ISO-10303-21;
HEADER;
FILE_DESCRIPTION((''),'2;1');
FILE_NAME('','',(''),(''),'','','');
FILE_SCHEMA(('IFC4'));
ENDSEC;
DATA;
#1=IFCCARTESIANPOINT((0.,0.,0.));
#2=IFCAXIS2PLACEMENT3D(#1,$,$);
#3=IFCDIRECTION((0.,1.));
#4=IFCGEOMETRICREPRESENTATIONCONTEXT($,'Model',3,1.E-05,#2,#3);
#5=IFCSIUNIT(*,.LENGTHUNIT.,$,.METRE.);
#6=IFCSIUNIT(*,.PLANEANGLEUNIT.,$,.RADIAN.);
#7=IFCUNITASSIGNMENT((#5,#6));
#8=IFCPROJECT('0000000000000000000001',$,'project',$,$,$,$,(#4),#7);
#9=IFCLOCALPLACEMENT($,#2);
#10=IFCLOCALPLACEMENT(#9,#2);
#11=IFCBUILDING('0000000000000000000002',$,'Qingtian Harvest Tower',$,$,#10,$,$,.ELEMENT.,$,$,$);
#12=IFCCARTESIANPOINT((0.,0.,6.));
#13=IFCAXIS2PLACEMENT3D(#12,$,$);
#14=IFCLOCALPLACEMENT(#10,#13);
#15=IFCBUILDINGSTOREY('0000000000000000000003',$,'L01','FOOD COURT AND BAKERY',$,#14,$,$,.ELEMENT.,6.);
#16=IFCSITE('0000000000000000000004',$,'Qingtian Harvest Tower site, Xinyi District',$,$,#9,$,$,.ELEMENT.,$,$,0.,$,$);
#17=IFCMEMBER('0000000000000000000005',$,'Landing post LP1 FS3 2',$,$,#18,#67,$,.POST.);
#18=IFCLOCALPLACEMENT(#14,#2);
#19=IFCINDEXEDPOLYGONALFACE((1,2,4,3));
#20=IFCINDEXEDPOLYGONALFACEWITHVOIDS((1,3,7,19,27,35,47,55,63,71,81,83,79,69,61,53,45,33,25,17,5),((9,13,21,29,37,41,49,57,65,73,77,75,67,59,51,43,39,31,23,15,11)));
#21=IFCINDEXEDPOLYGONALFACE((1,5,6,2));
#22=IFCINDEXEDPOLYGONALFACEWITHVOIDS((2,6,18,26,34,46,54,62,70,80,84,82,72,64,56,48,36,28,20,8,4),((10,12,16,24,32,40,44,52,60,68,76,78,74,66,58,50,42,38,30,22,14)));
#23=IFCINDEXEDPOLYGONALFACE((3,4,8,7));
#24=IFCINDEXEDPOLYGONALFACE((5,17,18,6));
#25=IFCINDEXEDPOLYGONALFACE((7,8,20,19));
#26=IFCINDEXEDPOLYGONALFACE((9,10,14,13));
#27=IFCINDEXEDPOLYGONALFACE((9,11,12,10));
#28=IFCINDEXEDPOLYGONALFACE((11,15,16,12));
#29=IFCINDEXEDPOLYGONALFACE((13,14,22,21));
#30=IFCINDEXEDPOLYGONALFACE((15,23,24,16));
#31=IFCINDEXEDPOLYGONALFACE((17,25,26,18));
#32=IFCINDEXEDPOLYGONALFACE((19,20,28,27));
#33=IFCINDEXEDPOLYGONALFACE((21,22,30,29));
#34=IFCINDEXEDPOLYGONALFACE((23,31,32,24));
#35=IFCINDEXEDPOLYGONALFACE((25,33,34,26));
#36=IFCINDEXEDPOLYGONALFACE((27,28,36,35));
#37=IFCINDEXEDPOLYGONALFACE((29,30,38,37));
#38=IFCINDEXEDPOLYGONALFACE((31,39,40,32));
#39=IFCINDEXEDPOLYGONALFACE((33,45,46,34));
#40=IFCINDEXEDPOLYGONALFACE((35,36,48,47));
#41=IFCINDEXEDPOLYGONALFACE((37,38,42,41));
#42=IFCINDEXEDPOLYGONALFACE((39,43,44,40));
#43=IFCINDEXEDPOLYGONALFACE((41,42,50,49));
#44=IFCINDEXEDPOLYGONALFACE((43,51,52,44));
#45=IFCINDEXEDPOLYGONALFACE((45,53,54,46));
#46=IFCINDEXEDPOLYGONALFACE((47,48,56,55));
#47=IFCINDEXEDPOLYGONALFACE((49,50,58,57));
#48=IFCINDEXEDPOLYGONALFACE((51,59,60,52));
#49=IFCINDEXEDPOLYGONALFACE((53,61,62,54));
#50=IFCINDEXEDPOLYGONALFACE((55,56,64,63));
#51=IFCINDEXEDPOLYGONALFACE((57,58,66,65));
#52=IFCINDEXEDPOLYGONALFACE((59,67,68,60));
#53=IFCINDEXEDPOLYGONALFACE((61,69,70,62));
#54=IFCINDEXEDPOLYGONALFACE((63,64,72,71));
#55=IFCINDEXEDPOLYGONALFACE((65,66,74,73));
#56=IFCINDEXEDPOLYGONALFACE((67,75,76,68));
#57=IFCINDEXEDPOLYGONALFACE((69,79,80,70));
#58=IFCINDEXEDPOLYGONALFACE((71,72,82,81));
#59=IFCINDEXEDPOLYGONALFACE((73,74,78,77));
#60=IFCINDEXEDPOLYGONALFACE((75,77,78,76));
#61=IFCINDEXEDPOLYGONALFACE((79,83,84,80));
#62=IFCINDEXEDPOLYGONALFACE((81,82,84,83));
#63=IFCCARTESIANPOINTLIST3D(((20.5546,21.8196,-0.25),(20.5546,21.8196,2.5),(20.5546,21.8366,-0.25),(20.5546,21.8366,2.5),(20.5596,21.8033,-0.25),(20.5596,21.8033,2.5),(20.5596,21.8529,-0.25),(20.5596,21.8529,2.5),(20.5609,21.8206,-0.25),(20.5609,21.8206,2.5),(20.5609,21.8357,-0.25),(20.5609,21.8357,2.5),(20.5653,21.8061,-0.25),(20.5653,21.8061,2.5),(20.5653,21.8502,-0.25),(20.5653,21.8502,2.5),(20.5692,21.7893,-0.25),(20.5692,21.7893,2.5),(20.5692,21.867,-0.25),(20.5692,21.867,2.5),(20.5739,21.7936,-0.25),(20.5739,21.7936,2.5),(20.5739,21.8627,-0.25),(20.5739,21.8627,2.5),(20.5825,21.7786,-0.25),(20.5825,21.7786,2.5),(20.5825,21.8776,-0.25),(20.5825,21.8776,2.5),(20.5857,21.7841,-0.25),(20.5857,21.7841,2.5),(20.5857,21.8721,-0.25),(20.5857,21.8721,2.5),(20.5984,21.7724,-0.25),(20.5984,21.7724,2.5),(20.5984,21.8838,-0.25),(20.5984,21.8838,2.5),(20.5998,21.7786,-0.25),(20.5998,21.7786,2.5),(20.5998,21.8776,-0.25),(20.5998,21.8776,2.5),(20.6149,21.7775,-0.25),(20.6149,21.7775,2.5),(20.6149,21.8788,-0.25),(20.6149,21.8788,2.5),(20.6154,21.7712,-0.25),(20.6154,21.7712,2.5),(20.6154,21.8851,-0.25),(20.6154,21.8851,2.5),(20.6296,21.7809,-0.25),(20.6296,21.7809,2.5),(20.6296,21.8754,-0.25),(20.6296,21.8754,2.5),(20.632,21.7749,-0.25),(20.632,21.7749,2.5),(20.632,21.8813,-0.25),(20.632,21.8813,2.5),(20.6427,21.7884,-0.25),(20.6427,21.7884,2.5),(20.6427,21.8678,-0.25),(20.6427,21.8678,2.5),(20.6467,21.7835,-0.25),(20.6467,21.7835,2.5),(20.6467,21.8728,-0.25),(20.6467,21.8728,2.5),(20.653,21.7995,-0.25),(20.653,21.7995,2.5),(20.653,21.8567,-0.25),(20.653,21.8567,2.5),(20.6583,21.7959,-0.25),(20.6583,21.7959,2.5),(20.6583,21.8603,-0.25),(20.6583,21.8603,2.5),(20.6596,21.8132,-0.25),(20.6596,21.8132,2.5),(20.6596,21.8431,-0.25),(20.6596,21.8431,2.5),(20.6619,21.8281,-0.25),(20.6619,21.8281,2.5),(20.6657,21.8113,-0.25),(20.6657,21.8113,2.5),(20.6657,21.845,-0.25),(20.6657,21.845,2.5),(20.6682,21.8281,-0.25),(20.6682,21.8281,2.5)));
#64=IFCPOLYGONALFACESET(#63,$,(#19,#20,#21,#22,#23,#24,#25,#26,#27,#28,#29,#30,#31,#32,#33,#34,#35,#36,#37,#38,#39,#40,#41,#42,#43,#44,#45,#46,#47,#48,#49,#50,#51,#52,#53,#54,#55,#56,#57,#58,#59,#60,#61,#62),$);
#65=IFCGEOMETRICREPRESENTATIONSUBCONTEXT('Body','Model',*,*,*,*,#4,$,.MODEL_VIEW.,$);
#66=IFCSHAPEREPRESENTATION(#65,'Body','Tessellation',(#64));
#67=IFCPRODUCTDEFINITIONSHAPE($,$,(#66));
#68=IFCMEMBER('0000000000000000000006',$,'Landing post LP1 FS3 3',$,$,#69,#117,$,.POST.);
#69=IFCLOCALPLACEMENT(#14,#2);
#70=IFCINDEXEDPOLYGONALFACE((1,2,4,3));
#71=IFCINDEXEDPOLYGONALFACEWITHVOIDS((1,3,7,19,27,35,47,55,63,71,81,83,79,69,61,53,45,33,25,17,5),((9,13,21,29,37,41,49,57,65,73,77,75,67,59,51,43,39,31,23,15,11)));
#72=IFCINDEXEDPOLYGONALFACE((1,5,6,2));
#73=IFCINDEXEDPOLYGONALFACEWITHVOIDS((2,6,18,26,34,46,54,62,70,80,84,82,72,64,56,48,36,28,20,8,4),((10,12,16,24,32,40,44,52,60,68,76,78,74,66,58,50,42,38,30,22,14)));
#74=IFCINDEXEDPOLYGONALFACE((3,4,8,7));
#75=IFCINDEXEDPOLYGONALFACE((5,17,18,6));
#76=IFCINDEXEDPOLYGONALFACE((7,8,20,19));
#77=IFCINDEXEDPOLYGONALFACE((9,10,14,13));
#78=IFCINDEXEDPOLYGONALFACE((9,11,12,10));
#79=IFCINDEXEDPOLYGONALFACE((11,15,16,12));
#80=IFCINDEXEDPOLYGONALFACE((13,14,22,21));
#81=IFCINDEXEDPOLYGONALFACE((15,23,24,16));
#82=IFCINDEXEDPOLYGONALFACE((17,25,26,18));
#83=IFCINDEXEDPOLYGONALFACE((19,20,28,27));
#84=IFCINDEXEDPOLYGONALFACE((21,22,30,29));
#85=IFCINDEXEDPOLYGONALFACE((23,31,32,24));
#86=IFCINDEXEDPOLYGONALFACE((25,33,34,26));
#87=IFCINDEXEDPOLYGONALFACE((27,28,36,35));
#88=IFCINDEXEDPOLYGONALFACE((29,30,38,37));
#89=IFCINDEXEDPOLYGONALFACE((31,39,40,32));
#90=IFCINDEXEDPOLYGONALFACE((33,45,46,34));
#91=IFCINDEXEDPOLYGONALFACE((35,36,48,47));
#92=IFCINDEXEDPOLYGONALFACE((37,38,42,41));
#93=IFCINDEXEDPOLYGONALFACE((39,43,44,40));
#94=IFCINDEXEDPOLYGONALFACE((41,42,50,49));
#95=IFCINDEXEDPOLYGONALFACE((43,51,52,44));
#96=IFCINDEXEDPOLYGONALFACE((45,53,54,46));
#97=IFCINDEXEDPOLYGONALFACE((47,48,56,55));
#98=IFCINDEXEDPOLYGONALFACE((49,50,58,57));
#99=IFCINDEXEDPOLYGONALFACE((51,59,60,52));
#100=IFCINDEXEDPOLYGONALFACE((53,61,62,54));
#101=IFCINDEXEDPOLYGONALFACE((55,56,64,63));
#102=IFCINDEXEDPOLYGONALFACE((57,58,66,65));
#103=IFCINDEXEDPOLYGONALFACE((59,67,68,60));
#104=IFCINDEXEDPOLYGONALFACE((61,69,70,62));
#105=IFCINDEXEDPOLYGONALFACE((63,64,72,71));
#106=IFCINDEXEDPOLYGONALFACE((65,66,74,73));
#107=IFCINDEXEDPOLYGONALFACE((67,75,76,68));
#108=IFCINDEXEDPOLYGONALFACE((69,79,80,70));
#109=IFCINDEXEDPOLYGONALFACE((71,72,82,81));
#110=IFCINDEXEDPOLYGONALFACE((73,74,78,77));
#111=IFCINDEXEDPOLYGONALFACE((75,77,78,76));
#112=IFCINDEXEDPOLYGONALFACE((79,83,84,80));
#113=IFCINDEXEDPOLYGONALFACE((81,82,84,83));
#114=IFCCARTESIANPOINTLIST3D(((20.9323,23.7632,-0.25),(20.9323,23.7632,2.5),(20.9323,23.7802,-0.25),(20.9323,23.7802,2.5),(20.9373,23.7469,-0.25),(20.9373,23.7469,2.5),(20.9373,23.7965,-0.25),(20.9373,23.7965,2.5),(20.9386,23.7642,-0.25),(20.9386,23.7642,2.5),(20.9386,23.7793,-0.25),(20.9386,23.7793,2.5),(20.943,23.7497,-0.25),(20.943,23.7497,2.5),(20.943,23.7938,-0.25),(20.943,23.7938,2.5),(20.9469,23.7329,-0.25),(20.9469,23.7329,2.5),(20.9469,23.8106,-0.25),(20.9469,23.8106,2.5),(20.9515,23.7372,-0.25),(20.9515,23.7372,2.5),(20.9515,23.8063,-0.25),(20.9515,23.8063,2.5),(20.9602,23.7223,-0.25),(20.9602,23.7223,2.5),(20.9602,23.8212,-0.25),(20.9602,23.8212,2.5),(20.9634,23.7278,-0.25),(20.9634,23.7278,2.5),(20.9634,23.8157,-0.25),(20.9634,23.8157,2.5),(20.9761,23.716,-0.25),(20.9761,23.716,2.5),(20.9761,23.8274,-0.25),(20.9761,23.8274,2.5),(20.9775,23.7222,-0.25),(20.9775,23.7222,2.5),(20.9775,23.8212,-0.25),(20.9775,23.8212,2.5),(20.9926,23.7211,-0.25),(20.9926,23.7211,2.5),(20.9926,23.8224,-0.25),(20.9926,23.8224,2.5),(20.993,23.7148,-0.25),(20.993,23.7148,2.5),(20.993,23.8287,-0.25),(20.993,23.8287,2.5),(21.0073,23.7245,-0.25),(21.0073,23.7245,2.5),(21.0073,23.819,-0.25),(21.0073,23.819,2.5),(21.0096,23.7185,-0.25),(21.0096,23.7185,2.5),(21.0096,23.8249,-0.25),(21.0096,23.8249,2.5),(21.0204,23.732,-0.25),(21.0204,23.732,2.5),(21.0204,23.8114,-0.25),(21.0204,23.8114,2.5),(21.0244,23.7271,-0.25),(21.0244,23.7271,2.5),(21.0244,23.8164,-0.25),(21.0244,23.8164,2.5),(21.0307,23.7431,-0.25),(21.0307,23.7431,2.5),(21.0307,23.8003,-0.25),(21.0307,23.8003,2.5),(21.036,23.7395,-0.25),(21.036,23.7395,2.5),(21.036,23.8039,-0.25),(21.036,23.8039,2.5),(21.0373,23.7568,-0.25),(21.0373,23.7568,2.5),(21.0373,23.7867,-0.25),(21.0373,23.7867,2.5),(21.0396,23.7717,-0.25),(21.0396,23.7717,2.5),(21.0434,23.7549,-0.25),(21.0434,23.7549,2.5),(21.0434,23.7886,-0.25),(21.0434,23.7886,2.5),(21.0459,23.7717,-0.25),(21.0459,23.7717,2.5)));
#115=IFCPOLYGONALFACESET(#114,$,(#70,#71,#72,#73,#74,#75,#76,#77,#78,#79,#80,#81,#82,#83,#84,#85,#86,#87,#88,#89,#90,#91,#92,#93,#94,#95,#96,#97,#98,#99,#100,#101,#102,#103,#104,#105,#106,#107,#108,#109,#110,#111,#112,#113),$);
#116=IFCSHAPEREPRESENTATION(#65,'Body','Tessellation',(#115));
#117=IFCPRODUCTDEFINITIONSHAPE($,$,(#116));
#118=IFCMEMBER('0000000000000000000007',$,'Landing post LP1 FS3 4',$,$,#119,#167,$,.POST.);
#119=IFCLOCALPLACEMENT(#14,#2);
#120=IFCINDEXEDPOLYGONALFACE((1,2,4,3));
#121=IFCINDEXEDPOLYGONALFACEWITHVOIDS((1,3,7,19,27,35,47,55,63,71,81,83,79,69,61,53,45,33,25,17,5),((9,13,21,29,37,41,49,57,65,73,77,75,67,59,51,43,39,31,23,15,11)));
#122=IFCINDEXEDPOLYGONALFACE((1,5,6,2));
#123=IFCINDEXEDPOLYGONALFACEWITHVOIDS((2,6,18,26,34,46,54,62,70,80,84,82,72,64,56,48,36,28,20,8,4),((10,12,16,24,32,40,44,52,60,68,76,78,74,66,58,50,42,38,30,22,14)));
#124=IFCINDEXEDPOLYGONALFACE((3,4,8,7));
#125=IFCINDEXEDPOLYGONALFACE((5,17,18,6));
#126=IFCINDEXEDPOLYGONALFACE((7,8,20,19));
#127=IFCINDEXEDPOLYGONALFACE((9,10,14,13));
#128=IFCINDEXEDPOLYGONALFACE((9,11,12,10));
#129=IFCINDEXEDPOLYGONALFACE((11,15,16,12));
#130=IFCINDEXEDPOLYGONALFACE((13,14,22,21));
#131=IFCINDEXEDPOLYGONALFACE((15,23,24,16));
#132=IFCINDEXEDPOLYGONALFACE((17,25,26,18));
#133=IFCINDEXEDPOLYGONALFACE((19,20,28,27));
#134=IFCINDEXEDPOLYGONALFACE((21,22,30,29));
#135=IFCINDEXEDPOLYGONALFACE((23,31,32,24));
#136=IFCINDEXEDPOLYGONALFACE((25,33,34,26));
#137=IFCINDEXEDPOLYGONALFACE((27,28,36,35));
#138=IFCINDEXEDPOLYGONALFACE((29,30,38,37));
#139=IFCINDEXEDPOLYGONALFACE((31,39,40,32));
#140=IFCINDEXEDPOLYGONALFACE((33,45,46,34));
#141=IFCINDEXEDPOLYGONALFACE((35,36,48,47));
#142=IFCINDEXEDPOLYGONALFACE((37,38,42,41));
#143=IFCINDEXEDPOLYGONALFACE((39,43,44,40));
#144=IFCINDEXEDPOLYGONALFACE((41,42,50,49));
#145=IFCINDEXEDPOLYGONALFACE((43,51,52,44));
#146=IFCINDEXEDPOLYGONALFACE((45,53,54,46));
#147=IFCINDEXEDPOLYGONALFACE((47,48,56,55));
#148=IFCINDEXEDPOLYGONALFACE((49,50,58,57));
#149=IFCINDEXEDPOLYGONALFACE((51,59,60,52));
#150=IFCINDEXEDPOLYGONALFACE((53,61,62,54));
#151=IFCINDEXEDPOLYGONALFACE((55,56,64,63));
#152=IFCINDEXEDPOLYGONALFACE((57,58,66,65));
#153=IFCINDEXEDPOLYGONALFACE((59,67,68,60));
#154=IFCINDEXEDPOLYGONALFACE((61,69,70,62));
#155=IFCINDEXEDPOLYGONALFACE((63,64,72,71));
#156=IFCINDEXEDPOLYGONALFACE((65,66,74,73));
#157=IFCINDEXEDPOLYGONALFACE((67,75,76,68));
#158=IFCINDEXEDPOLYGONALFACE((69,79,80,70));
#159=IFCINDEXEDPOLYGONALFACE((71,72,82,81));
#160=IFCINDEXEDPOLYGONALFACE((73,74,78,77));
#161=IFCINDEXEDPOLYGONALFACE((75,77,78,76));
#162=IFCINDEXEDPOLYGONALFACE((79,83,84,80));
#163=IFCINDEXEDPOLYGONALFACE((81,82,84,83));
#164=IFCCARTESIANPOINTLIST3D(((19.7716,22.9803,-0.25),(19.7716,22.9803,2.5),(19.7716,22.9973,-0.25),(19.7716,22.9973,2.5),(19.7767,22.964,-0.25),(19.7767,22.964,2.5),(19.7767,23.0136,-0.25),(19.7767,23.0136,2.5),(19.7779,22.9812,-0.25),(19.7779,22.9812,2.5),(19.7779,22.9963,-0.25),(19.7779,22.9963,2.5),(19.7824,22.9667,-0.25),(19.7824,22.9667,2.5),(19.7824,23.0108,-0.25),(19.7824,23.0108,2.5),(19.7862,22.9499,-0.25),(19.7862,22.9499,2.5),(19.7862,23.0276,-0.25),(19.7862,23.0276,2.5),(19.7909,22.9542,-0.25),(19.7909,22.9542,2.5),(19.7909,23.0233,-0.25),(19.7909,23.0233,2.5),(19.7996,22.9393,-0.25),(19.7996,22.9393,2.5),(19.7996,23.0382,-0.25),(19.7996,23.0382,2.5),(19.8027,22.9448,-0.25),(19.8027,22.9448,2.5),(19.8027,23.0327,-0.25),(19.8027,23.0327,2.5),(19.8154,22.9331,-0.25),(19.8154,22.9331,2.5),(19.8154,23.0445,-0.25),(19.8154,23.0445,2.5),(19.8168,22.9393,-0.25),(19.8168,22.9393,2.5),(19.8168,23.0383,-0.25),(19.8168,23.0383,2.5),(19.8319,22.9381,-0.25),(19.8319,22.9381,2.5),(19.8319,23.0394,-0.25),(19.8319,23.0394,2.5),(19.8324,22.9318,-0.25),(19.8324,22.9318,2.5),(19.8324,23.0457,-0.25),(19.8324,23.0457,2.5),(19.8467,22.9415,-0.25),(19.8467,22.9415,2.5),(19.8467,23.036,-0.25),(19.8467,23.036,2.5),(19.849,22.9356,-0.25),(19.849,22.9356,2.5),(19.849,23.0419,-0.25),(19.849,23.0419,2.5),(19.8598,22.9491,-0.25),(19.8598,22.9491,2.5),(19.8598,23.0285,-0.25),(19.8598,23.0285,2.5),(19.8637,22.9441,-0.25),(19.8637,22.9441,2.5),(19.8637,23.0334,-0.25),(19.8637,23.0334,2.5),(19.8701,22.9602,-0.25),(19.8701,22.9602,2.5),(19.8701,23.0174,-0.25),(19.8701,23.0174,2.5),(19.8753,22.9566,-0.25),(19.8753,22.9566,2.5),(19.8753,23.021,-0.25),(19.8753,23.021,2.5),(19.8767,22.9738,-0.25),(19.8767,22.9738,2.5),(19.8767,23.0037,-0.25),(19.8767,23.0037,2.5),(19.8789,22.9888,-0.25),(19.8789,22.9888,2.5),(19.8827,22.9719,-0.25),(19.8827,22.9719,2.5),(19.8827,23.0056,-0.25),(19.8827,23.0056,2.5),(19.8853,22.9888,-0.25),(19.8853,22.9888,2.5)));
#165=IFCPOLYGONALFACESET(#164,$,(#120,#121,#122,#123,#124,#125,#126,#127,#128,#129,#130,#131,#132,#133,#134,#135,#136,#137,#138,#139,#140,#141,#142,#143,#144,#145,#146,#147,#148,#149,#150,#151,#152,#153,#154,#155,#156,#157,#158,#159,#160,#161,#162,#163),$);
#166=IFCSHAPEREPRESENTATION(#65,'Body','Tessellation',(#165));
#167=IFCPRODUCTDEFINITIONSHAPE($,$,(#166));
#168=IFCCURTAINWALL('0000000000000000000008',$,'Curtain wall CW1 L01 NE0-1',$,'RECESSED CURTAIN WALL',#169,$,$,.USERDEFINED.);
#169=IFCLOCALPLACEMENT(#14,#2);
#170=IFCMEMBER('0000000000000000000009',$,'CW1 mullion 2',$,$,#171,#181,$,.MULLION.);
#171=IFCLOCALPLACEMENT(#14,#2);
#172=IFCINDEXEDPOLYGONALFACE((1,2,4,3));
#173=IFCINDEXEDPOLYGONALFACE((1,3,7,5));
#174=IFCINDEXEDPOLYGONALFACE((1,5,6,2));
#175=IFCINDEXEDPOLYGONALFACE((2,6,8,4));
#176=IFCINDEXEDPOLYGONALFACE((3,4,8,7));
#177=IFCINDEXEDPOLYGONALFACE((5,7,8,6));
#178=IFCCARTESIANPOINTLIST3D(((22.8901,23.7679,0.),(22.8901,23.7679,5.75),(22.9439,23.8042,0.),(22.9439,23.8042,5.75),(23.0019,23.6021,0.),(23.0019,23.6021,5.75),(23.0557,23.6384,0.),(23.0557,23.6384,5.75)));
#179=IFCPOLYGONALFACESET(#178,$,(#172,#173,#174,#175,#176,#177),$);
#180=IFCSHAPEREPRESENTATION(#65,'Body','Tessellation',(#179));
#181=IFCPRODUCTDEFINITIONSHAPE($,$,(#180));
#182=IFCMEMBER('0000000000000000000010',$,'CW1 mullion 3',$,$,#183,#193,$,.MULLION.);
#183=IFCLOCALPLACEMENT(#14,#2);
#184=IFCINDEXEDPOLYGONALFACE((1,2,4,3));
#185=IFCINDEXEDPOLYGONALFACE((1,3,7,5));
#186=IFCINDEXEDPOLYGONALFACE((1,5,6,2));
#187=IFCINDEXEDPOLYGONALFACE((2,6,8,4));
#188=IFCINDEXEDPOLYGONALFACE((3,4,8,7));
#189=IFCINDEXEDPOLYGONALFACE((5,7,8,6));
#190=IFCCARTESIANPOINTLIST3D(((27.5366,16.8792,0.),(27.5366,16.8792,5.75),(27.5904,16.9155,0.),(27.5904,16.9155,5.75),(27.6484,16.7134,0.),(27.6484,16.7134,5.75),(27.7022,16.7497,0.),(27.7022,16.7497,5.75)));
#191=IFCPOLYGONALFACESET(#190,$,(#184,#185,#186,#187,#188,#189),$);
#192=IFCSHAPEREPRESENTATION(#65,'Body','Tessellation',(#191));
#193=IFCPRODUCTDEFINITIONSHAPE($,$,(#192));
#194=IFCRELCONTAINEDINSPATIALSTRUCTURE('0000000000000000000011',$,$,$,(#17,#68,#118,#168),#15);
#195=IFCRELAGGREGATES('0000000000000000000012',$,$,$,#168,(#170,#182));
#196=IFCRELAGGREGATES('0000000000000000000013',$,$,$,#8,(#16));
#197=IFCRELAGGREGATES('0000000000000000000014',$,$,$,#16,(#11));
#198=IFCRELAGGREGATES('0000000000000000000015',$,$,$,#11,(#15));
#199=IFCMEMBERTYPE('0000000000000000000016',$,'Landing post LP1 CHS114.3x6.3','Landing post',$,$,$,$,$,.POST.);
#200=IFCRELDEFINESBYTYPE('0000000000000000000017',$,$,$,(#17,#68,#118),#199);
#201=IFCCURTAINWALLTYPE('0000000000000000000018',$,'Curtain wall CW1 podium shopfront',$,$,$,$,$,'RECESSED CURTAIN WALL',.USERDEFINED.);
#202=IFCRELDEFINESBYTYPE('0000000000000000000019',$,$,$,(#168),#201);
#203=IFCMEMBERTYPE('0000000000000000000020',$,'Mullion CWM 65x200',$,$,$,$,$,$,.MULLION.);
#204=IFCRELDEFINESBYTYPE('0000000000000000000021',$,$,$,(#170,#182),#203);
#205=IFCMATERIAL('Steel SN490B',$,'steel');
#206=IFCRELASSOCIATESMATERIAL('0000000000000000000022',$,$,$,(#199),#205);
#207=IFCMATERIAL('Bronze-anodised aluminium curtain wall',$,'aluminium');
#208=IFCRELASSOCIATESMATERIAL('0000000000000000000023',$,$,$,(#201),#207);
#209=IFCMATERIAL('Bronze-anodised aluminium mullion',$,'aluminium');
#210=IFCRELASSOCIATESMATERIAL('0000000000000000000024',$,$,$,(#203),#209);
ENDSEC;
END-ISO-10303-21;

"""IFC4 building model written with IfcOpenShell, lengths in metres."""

from ifc_helpers import new_model, si_unit, direction, frame, origin, origin_2d, place, context, subcontext, project, spatial, rectangle, hollow_circle, extrude, material, material_profile, profile_set, type_object, element, aggregate, save


model = new_model("IFC4")

# Units and contexts
model_context = context("Model", 3, precision=1e-05, world=origin(), true_north=direction((0.0, 1.0)))
body_context = subcontext(model_context, "Body", "Model", "MODEL_VIEW")
ifc_project = project(units=[si_unit("LENGTHUNIT", "METRE"), si_unit("PLANEANGLEUNIT", "RADIAN")], contexts=[model_context])

# Site, building, storey
site_placement = place(None, origin())
site = spatial("IfcSite", under=ifc_project, at=site_placement, Name="Qingtian Harvest Tower site, Xinyi District", CompositionType="ELEMENT", RefElevation=0.0)
building_placement = place(site_placement, origin())
building = spatial("IfcBuilding", under=site, at=building_placement, Name="Qingtian Harvest Tower", CompositionType="ELEMENT")
storey_placement = place(building_placement, frame((0.0, 0.0, 6.0)))
storey = spatial("IfcBuildingStorey", under=building, at=storey_placement, Name="L01", Description="FOOD COURT AND BAKERY", CompositionType="ELEMENT", Elevation=6.0)

# Members
ifc_material_1 = material(Name="Steel SN490B", Category="steel")
ifc_material_profile_1 = material_profile(ifc_material_1, hollow_circle(Radius=0.0571, WallThickness=0.0063, at=origin_2d()), Name="CHS114.3x6.3")
ifc_profile_set_1 = profile_set([ifc_material_profile_1], Name="Steel SN490B")
member_type_1 = type_object("IfcMemberType", Name="Landing post LP1 CHS114.3x6.3", Description="Landing post", PredefinedType="POST", material=ifc_profile_set_1)
for number, where, z_axis, x_axis, name in (
    (1, (20.6111, 21.8281, -0.25), (0.0, 0.0, 1.0), (1.0, 0.0, 0.0), "Landing post LP1 FS3 2"),
    (2, (20.9888, 23.7717, -0.25), (0.0, 0.0, 1.0), (1.0, 0.0, 0.0), "Landing post LP1 FS3 3"),
    (3, (19.8281, 22.9888, -0.25), (0.0, 0.0, 1.0), (1.0, 0.0, 0.0), "Landing post LP1 FS3 4"),
):
    element("IfcMember", number, at=place(storey_placement, frame(where, z_axis=z_axis, x_axis=x_axis)), inside=storey, type_object=member_type_1, Name=name, PredefinedType="POST", context=body_context, shape_type="SweptSolid", body=[
        extrude(hollow_circle(Radius=0.0571, WallThickness=0.0063, at=origin_2d()), origin(), (0.0, 0.0, 1.0), 2.75),
    ])

# Curtain wall, members
ifc_material_2 = material(Name="Bronze-anodised aluminium curtain wall", Category="aluminium")
curtain_wall_type = type_object("IfcCurtainWallType", Name="Curtain wall CW1 podium shopfront", ElementType="RECESSED CURTAIN WALL", PredefinedType="USERDEFINED", material=ifc_material_2)
curtain_wall_placement = place(storey_placement, origin())
curtain_wall = element("IfcCurtainWall", 4, at=curtain_wall_placement, inside=storey, type_object=curtain_wall_type, Name="Curtain wall CW1 L01 NE0-1", ObjectType="RECESSED CURTAIN WALL", PredefinedType="USERDEFINED")
ifc_material_3 = material(Name="Bronze-anodised aluminium mullion", Category="aluminium")
ifc_material_profile_2 = material_profile(ifc_material_3, rectangle(XDim=0.0649, YDim=0.2, at=origin_2d()), Name="AL 65x200")
ifc_profile_set_2 = profile_set([ifc_material_profile_2], Name="Bronze-anodised aluminium mullion")
member_type_2 = type_object("IfcMemberType", Name="Mullion CWM 65x200", PredefinedType="MULLION", material=ifc_profile_set_2)
member_1_placement = place(storey_placement, frame((22.9729, 23.7031, 0.0), z_axis=(0.0, 0.0, 1.0), x_axis=(0.829038, 0.559193, 0.0)))
member_1 = element("IfcMember", 5, at=member_1_placement, type_object=member_type_2, Name="CW1 mullion 2", PredefinedType="MULLION", context=body_context, shape_type="SweptSolid", body=[
    extrude(rectangle(XDim=0.0649, YDim=0.2, at=origin_2d()), origin(), (0.0, 0.0, 1.0), 5.75),
])
member_2_placement = place(storey_placement, frame((27.6194, 16.8145, 0.0), z_axis=(0.0, 0.0, 1.0), x_axis=(0.829038, 0.559193, 0.0)))
member_2 = element("IfcMember", 6, at=member_2_placement, type_object=member_type_2, Name="CW1 mullion 3", PredefinedType="MULLION", context=body_context, shape_type="SweptSolid", body=[
    extrude(rectangle(XDim=0.0649, YDim=0.2, at=origin_2d()), origin(), (0.0, 0.0, 1.0), 5.75),
])

aggregate(curtain_wall, [member_1, member_2])

save(model, "model.ifc")
